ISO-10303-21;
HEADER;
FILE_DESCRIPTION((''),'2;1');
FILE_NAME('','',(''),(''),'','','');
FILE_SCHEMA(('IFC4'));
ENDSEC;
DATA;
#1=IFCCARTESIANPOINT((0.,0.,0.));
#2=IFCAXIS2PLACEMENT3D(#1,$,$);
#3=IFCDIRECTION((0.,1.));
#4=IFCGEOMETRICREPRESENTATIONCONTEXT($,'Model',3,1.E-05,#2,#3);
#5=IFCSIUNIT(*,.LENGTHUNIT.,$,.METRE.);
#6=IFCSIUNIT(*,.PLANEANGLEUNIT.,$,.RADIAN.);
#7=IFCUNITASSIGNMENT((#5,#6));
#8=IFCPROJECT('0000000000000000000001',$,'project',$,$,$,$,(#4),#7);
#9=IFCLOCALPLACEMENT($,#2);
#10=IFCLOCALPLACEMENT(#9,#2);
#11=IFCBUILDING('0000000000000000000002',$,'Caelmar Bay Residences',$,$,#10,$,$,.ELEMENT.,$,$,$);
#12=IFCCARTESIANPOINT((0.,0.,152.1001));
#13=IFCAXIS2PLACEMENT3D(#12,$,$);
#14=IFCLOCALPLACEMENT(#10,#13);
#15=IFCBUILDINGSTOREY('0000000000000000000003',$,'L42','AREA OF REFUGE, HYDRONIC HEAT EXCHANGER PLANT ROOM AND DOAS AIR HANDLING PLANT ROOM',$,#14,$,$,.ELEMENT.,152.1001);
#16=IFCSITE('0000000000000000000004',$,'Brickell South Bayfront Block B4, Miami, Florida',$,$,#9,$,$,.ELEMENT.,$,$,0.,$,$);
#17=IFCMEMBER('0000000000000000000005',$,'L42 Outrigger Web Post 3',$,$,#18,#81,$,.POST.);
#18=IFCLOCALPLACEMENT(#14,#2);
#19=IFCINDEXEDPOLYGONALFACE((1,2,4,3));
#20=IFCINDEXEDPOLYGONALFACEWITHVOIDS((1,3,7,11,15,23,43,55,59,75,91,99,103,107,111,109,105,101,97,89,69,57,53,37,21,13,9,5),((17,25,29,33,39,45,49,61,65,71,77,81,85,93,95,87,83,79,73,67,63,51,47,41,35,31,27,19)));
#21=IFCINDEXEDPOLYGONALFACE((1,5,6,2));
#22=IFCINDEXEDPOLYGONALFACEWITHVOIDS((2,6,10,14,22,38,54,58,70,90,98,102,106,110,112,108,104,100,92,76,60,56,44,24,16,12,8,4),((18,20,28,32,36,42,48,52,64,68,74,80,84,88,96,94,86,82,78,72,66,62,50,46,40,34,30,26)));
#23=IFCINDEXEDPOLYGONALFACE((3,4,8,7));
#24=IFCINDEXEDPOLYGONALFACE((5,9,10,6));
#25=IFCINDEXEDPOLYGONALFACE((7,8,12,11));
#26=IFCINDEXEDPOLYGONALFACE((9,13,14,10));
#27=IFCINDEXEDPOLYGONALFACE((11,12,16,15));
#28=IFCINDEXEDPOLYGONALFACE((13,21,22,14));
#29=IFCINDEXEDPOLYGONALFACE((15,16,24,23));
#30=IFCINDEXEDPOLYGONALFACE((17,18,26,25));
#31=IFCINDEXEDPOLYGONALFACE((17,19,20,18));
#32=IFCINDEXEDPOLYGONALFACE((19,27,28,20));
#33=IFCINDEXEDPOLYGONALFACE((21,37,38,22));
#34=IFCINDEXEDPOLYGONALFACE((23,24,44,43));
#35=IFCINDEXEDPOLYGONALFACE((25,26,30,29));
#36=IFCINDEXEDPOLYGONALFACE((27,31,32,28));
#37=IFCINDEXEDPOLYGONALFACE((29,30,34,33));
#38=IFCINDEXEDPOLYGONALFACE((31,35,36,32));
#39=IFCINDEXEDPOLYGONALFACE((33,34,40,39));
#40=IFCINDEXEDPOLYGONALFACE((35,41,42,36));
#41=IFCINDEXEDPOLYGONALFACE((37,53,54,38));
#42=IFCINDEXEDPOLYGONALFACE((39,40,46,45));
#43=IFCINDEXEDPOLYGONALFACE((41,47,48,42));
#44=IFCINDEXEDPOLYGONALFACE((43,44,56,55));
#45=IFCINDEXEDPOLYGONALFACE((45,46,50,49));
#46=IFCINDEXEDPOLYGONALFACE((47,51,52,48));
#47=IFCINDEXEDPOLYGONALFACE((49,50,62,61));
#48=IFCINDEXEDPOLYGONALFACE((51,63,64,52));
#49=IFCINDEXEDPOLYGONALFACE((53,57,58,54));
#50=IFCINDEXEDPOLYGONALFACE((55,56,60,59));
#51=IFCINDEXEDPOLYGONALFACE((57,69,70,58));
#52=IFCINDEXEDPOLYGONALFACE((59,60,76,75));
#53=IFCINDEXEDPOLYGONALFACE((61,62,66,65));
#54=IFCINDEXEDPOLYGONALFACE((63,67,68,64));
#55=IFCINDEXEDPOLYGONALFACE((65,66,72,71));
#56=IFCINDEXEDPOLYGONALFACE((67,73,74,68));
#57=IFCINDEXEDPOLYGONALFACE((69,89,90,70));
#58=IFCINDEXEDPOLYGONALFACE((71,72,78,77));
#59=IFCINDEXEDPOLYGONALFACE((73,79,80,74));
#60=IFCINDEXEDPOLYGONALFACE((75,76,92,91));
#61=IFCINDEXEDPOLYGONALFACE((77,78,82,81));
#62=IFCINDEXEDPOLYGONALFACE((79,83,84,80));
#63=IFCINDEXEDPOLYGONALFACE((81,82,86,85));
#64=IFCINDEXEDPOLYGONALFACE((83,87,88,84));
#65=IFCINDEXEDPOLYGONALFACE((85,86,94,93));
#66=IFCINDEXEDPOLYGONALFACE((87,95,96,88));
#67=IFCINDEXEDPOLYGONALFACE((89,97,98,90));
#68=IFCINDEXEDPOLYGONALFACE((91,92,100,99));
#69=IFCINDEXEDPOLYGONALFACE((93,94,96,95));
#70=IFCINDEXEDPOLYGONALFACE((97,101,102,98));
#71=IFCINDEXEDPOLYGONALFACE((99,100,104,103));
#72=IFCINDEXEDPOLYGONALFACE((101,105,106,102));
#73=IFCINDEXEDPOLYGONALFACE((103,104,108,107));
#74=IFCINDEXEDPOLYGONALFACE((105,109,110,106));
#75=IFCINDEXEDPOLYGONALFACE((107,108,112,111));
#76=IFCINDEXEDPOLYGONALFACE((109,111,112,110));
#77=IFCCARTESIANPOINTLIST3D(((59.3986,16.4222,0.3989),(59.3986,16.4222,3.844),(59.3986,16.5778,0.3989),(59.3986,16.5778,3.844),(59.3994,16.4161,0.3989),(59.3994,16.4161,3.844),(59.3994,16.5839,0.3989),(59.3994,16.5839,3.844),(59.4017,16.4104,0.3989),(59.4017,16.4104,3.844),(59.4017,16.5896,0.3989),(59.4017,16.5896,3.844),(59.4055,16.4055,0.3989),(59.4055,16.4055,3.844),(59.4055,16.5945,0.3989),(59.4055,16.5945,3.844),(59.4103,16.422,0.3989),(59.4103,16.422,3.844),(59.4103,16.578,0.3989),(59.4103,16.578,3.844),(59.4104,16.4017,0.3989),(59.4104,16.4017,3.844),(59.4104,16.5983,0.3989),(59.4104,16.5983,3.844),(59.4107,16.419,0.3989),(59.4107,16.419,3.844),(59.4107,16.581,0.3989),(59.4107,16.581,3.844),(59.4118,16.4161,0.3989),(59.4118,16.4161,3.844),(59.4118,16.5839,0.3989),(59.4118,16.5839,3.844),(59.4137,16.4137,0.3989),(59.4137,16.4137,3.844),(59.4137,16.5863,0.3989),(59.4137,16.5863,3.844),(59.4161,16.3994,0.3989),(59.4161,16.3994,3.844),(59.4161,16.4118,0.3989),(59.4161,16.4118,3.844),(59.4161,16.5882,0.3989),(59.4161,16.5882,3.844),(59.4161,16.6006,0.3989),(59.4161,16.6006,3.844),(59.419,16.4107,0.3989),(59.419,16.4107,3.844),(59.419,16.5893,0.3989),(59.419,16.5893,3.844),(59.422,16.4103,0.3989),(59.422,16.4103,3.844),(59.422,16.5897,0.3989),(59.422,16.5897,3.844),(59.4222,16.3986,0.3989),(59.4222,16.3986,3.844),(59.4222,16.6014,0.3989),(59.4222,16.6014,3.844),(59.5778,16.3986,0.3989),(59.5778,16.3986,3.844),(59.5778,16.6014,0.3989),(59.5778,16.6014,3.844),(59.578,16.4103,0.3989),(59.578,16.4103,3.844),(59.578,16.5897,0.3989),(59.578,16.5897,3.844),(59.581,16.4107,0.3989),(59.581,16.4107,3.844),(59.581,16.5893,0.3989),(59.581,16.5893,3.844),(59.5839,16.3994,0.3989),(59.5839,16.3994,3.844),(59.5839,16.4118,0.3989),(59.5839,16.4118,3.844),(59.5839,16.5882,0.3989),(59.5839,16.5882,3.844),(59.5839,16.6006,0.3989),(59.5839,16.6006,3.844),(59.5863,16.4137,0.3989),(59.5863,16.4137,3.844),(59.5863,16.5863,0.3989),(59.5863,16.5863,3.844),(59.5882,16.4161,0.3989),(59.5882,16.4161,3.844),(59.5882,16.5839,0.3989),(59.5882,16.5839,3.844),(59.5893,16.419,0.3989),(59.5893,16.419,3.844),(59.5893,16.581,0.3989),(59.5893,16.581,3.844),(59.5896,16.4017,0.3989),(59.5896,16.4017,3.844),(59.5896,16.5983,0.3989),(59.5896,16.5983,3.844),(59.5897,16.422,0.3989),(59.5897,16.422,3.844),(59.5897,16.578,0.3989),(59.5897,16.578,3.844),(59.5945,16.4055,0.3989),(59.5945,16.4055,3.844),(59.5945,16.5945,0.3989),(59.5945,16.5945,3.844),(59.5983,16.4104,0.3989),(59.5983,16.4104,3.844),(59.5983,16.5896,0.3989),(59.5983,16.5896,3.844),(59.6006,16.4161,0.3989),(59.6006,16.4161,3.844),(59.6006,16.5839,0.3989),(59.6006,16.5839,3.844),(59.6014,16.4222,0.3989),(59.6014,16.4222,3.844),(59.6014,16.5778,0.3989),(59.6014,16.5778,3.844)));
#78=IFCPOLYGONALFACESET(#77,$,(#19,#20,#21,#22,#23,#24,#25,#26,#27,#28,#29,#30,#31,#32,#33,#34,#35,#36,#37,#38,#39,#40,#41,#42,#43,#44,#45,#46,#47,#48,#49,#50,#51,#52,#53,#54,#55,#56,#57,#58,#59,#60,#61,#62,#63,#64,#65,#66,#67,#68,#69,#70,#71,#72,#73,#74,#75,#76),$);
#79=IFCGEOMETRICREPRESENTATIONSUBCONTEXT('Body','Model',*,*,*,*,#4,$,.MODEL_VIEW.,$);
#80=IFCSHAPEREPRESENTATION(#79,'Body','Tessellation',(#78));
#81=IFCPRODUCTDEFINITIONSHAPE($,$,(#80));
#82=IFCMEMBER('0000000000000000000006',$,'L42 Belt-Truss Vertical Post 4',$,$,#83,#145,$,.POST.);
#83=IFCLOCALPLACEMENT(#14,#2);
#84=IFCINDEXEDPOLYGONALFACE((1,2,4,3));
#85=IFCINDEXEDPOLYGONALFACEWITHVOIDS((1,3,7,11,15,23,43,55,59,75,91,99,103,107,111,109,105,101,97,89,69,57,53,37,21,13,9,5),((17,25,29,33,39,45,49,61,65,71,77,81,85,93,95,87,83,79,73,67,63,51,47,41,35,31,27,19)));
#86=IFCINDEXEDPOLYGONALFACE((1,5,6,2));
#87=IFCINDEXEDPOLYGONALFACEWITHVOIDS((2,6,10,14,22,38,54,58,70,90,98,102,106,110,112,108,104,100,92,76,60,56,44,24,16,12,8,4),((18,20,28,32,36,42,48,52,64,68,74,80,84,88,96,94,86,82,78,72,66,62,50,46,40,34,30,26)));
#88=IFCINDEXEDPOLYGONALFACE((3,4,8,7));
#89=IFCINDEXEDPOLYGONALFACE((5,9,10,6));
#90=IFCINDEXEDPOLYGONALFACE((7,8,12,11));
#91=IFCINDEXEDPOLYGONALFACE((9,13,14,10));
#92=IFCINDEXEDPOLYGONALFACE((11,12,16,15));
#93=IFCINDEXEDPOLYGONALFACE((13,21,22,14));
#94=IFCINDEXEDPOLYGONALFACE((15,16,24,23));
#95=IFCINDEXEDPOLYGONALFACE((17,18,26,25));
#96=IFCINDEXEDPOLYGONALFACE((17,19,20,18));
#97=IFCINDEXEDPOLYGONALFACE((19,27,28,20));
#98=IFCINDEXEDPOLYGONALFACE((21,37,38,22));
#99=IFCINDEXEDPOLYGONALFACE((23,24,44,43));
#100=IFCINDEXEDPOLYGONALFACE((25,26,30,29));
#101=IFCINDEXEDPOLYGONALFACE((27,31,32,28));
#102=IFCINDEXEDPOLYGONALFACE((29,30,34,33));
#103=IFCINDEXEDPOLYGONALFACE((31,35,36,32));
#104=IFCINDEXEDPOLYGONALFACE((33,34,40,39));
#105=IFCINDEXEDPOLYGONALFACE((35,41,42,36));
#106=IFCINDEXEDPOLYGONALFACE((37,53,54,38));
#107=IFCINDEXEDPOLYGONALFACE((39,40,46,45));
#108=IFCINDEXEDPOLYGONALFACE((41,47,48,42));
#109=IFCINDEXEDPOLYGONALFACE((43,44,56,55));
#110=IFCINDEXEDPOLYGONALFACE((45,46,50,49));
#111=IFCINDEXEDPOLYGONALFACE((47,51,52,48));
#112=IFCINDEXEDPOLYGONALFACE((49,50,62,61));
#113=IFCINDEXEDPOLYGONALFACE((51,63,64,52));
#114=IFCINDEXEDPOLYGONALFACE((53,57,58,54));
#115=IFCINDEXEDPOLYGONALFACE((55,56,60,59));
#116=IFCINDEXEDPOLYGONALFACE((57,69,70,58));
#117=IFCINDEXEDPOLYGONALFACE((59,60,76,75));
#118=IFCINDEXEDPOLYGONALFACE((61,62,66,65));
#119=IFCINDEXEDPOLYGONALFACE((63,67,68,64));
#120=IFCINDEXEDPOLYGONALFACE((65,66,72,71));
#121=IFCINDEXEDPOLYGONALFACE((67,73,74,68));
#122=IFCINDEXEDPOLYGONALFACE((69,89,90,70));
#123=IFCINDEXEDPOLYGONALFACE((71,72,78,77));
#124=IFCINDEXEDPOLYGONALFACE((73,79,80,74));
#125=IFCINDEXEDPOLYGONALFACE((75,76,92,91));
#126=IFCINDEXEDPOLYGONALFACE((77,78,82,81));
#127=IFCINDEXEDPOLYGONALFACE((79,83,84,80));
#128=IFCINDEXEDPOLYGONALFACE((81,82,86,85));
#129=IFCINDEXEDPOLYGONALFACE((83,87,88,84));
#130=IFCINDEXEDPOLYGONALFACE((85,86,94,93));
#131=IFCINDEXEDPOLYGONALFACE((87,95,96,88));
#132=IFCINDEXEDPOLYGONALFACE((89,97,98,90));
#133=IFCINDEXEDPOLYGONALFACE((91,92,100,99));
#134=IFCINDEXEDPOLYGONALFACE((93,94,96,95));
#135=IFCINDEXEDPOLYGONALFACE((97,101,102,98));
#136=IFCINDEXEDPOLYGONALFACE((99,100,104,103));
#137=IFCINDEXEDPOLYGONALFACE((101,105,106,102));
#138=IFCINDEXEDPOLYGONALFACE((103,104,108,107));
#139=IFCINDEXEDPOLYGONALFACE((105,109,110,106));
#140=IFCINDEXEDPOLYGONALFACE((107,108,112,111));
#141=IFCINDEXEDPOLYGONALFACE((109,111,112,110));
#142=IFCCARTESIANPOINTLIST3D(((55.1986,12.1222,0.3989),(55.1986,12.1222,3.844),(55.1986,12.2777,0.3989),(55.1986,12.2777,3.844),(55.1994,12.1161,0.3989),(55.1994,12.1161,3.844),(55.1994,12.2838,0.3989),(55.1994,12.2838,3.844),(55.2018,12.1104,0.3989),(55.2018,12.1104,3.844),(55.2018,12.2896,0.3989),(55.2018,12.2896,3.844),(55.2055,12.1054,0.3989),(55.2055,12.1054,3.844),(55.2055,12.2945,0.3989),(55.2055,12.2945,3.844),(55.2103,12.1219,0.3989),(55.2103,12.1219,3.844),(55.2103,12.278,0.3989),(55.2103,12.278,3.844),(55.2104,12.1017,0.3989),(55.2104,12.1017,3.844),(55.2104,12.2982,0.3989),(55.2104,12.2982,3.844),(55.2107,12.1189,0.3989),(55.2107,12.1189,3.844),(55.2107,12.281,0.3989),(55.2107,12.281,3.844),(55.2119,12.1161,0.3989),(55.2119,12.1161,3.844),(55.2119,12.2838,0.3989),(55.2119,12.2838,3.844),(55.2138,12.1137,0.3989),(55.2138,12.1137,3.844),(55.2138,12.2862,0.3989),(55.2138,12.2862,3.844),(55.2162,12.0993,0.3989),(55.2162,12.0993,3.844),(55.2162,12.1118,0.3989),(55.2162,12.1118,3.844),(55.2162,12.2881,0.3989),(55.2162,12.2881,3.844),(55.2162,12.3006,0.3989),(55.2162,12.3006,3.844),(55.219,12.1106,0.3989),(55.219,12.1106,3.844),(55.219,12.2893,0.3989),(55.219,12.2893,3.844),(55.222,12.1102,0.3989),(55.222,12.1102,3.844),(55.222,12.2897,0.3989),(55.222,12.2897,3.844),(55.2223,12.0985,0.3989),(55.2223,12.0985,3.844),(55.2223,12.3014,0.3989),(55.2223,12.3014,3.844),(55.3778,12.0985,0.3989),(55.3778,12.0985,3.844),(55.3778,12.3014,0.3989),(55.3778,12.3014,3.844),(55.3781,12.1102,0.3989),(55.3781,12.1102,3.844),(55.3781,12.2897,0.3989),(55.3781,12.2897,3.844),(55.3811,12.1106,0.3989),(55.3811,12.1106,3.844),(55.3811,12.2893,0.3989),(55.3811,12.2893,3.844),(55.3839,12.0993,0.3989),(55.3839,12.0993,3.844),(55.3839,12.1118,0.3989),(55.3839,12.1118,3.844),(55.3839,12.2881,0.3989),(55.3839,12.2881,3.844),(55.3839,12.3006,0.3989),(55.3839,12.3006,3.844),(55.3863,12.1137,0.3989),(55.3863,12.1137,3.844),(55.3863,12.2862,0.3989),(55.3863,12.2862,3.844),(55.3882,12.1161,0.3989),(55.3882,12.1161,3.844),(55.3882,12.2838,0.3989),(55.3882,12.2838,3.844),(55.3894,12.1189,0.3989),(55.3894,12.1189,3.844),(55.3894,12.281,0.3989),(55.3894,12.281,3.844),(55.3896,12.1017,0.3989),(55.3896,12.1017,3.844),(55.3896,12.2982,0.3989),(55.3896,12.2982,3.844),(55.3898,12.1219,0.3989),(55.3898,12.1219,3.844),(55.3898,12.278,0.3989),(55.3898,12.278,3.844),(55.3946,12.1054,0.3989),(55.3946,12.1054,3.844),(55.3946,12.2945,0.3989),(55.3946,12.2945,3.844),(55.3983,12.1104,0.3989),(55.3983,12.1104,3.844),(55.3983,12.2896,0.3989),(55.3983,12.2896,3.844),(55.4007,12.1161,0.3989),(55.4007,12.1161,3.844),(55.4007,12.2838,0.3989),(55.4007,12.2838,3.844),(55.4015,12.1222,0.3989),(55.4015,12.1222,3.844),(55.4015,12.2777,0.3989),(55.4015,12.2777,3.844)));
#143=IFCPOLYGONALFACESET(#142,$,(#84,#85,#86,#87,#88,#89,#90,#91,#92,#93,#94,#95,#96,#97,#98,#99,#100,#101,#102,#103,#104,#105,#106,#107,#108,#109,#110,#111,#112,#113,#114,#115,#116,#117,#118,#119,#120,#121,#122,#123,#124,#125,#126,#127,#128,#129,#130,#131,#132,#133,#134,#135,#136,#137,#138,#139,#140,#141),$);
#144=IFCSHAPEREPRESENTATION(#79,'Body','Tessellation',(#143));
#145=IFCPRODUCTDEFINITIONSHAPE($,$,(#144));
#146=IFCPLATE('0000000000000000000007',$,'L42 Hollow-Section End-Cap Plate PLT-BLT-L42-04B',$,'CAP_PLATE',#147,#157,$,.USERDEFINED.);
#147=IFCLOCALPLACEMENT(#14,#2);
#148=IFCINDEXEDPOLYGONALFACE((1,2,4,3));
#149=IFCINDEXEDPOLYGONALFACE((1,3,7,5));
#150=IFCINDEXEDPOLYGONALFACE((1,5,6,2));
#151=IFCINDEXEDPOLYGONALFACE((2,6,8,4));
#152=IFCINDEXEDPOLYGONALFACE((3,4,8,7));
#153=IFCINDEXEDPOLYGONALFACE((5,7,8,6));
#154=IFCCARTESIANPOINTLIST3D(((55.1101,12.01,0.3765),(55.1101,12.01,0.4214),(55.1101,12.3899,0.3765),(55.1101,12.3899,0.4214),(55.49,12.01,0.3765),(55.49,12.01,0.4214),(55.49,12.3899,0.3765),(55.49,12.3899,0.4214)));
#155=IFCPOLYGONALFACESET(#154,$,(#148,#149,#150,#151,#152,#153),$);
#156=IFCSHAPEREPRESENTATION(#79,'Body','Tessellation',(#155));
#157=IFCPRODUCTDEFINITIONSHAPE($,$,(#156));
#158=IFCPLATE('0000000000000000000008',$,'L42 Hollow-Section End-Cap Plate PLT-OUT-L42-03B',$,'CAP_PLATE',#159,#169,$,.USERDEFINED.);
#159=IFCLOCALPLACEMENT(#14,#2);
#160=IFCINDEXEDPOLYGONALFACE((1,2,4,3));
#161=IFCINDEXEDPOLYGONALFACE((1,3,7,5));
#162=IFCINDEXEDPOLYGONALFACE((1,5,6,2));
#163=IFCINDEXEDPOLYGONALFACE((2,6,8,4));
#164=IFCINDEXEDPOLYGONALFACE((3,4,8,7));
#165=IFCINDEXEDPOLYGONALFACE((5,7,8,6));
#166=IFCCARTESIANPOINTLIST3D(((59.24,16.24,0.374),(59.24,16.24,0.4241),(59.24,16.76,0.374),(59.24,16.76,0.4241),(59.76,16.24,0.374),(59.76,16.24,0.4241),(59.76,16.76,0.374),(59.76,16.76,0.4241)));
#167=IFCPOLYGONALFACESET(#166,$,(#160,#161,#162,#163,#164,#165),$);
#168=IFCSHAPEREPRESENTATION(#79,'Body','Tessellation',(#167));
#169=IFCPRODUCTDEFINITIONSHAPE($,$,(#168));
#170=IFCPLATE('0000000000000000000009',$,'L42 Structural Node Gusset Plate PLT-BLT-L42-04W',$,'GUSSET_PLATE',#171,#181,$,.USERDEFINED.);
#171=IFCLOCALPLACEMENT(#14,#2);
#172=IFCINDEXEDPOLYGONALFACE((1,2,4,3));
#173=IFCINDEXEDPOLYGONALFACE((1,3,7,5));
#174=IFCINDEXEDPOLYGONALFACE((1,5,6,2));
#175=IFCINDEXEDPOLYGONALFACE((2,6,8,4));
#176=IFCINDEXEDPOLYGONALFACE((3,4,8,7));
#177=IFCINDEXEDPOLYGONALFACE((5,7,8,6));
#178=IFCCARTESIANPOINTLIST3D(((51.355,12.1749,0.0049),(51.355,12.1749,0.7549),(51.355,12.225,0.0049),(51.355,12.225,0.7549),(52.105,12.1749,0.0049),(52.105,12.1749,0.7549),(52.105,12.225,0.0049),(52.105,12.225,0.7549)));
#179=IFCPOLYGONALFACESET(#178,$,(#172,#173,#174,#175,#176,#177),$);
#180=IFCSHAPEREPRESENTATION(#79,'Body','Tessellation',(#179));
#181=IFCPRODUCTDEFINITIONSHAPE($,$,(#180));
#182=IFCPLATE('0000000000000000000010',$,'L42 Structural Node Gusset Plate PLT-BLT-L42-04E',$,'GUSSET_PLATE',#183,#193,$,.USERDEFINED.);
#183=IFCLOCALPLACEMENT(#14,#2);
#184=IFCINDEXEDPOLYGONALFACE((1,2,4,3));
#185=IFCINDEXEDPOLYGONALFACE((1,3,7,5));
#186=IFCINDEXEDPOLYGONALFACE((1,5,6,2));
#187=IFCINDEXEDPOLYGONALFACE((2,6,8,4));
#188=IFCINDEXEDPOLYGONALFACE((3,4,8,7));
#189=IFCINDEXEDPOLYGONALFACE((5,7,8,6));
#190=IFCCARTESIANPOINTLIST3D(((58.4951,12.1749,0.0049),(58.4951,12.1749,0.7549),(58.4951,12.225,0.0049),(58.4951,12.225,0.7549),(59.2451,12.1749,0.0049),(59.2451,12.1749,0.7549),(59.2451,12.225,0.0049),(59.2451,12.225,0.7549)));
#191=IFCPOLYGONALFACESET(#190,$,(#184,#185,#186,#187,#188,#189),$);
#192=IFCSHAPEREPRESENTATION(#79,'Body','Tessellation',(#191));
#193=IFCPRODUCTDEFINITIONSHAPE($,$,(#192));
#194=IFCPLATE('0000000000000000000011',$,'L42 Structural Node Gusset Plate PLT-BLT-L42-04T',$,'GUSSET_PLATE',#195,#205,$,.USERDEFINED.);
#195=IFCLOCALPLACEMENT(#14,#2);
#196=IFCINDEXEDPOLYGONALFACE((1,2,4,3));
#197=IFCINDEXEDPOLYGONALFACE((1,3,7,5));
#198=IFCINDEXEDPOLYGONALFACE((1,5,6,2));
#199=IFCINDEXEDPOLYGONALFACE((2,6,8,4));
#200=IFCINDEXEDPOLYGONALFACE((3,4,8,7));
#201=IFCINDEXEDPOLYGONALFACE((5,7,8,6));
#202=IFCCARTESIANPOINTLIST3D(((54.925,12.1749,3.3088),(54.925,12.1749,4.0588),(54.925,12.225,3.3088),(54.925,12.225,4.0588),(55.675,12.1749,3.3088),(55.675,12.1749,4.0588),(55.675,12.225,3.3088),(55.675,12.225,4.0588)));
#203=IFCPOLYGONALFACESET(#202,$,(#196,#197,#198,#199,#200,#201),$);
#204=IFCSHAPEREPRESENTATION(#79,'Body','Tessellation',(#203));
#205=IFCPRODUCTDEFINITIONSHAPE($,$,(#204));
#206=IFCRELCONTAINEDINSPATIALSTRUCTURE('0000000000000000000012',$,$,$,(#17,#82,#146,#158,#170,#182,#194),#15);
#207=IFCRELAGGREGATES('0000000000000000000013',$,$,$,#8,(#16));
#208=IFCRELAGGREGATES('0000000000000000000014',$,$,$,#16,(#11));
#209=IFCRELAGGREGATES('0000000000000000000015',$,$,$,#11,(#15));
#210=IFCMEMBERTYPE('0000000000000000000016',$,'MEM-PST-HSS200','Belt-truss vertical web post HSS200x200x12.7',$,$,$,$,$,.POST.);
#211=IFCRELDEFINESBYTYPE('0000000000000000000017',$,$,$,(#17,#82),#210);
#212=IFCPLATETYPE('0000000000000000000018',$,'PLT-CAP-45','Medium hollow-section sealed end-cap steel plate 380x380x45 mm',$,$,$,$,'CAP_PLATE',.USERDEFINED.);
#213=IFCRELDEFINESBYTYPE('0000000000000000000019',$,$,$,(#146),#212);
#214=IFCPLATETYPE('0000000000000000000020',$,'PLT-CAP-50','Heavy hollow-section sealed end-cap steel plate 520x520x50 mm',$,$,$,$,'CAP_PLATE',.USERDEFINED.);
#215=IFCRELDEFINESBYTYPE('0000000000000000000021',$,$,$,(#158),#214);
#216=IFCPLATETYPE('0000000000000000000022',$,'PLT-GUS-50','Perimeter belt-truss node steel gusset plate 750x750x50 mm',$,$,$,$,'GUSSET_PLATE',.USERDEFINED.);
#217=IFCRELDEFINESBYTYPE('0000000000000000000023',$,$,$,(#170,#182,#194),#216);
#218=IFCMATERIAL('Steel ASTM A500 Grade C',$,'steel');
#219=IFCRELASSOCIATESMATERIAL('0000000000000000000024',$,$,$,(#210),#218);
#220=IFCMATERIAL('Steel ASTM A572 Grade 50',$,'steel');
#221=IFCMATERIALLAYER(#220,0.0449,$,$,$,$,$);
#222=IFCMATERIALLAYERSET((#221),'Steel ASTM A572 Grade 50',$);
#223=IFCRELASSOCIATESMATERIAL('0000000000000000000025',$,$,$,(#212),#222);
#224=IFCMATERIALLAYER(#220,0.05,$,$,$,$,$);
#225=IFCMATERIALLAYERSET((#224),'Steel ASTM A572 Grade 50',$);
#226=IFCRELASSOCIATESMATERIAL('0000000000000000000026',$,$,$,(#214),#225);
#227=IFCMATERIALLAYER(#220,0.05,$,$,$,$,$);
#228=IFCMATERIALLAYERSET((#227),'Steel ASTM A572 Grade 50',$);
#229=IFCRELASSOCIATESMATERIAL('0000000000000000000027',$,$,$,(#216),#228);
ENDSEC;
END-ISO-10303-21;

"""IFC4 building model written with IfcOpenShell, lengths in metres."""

from ifc_helpers import new_model, si_unit, direction, frame, origin, origin_2d, place, context, subcontext, project, spatial, rectangle, hollow_rectangle, extrude, material, layer, layer_set, material_profile, profile_set, type_object, element, save


model = new_model("IFC4")

# Units and contexts
model_context = context("Model", 3, precision=1e-05, world=origin(), true_north=direction((0.0, 1.0)))
body_context = subcontext(model_context, "Body", "Model", "MODEL_VIEW")
ifc_project = project(units=[si_unit("LENGTHUNIT", "METRE"), si_unit("PLANEANGLEUNIT", "RADIAN")], contexts=[model_context])

# Site, building, storey
site_placement = place(None, origin())
site = spatial("IfcSite", under=ifc_project, at=site_placement, Name="Brickell South Bayfront Block B4, Miami, Florida", CompositionType="ELEMENT", RefElevation=0.0)
building_placement = place(site_placement, origin())
building = spatial("IfcBuilding", under=site, at=building_placement, Name="Caelmar Bay Residences", CompositionType="ELEMENT")
storey_placement = place(building_placement, frame((0.0, 0.0, 152.1001)))
storey = spatial("IfcBuildingStorey", under=building, at=storey_placement, Name="L42", Description="AREA OF REFUGE, HYDRONIC HEAT EXCHANGER PLANT ROOM AND DOAS AIR HANDLING PLANT ROOM", CompositionType="ELEMENT", Elevation=152.1001)

# Members
ifc_material_1 = material(Name="Steel ASTM A500 Grade C", Category="steel")
ifc_material_profile_1 = material_profile(ifc_material_1, hollow_rectangle(XDim=0.2029, YDim=0.2029, WallThickness=0.0117, InnerFilletRadius=0.0117, OuterFilletRadius=0.0237, at=origin_2d()), Name="HSS200X200X12.7")
ifc_profile_set_1 = profile_set([ifc_material_profile_1], Name="Steel ASTM A500 Grade C")
member_type_1 = type_object("IfcMemberType", Name="MEM-PST-HSS200", Description="Belt-truss vertical web post HSS200x200x12.7", PredefinedType="POST", material=ifc_profile_set_1)
for number, where, z_axis, x_axis, name in (
    (1, (59.5, 16.5, 0.3989), (0.0, 0.0, 1.0), (1.0, 0.0, 0.0), "L42 Outrigger Web Post 3"),
    (2, (55.3, 12.2, 0.3989), (0.0, 0.0, 1.0), (1.0, 0.0, 0.0), "L42 Belt-Truss Vertical Post 4"),
):
    element("IfcMember", number, at=place(storey_placement, frame(where, z_axis=z_axis, x_axis=x_axis)), inside=storey, type_object=member_type_1, Name=name, PredefinedType="POST", context=body_context, shape_type="SweptSolid", body=[
        extrude(hollow_rectangle(XDim=0.2029, YDim=0.2029, WallThickness=0.0117, InnerFilletRadius=0.0117, OuterFilletRadius=0.0237, at=origin_2d()), origin(), (0.0, 0.0, 1.0), 3.4451),
    ])

# Plates
ifc_material_2 = material(Name="Steel ASTM A572 Grade 50", Category="steel")
ifc_layer_1 = layer(ifc_material_2, 0.0449)
ifc_layer_set_1 = layer_set([ifc_layer_1], Name="Steel ASTM A572 Grade 50")
plate_type_1 = type_object("IfcPlateType", Name="PLT-CAP-45", Description="Medium hollow-section sealed end-cap steel plate 380x380x45 mm", ElementType="CAP_PLATE", PredefinedType="USERDEFINED", material=ifc_layer_set_1)
plate_1_placement = place(storey_placement, frame((55.3, 12.2, 0.3765), z_axis=(0.0, 0.0, 1.0), x_axis=(1.0, 0.0, 0.0)))
element("IfcPlate", 3, at=plate_1_placement, inside=storey, type_object=plate_type_1, Name="L42 Hollow-Section End-Cap Plate PLT-BLT-L42-04B", ObjectType="CAP_PLATE", PredefinedType="USERDEFINED", context=body_context, shape_type="SweptSolid", body=[
    extrude(rectangle(XDim=0.3799, YDim=0.3799, at=origin_2d()), origin(), (0.0, 0.0, 1.0), 0.0449),
])
ifc_layer_2 = layer(ifc_material_2, 0.05)
ifc_layer_set_2 = layer_set([ifc_layer_2], Name="Steel ASTM A572 Grade 50")
plate_type_2 = type_object("IfcPlateType", Name="PLT-CAP-50", Description="Heavy hollow-section sealed end-cap steel plate 520x520x50 mm", ElementType="CAP_PLATE", PredefinedType="USERDEFINED", material=ifc_layer_set_2)
plate_2_placement = place(storey_placement, frame((59.5, 16.5, 0.374), z_axis=(0.0, 0.0, 1.0), x_axis=(1.0, 0.0, 0.0)))
element("IfcPlate", 4, at=plate_2_placement, inside=storey, type_object=plate_type_2, Name="L42 Hollow-Section End-Cap Plate PLT-OUT-L42-03B", ObjectType="CAP_PLATE", PredefinedType="USERDEFINED", context=body_context, shape_type="SweptSolid", body=[
    extrude(rectangle(XDim=0.52, YDim=0.52, at=origin_2d()), origin(), (0.0, 0.0, 1.0), 0.05),
])
ifc_layer_3 = layer(ifc_material_2, 0.05)
ifc_layer_set_3 = layer_set([ifc_layer_3], Name="Steel ASTM A572 Grade 50")
plate_type_3 = type_object("IfcPlateType", Name="PLT-GUS-50", Description="Perimeter belt-truss node steel gusset plate 750x750x50 mm", ElementType="GUSSET_PLATE", PredefinedType="USERDEFINED", material=ifc_layer_set_3)
for number, where, z_axis, x_axis, name in (
    (5, (51.73, 12.2, 0.0049), (0.0, 0.0, 1.0), (1.0, 0.0, 0.0), "L42 Structural Node Gusset Plate PLT-BLT-L42-04W"),
    (6, (58.8701, 12.2, 0.0049), (0.0, 0.0, 1.0), (1.0, 0.0, 0.0), "L42 Structural Node Gusset Plate PLT-BLT-L42-04E"),
    (7, (55.3, 12.2, 3.3088), (0.0, 0.0, 1.0), (1.0, 0.0, 0.0), "L42 Structural Node Gusset Plate PLT-BLT-L42-04T"),
):
    element("IfcPlate", number, at=place(storey_placement, frame(where, z_axis=z_axis, x_axis=x_axis)), inside=storey, type_object=plate_type_3, Name=name, ObjectType="GUSSET_PLATE", PredefinedType="USERDEFINED", context=body_context, shape_type="SweptSolid", body=[
        extrude(rectangle(XDim=0.75, YDim=0.05, at=origin_2d()), origin(), (0.0, 0.0, 1.0), 0.75),
    ])

save(model, "model.ifc")
